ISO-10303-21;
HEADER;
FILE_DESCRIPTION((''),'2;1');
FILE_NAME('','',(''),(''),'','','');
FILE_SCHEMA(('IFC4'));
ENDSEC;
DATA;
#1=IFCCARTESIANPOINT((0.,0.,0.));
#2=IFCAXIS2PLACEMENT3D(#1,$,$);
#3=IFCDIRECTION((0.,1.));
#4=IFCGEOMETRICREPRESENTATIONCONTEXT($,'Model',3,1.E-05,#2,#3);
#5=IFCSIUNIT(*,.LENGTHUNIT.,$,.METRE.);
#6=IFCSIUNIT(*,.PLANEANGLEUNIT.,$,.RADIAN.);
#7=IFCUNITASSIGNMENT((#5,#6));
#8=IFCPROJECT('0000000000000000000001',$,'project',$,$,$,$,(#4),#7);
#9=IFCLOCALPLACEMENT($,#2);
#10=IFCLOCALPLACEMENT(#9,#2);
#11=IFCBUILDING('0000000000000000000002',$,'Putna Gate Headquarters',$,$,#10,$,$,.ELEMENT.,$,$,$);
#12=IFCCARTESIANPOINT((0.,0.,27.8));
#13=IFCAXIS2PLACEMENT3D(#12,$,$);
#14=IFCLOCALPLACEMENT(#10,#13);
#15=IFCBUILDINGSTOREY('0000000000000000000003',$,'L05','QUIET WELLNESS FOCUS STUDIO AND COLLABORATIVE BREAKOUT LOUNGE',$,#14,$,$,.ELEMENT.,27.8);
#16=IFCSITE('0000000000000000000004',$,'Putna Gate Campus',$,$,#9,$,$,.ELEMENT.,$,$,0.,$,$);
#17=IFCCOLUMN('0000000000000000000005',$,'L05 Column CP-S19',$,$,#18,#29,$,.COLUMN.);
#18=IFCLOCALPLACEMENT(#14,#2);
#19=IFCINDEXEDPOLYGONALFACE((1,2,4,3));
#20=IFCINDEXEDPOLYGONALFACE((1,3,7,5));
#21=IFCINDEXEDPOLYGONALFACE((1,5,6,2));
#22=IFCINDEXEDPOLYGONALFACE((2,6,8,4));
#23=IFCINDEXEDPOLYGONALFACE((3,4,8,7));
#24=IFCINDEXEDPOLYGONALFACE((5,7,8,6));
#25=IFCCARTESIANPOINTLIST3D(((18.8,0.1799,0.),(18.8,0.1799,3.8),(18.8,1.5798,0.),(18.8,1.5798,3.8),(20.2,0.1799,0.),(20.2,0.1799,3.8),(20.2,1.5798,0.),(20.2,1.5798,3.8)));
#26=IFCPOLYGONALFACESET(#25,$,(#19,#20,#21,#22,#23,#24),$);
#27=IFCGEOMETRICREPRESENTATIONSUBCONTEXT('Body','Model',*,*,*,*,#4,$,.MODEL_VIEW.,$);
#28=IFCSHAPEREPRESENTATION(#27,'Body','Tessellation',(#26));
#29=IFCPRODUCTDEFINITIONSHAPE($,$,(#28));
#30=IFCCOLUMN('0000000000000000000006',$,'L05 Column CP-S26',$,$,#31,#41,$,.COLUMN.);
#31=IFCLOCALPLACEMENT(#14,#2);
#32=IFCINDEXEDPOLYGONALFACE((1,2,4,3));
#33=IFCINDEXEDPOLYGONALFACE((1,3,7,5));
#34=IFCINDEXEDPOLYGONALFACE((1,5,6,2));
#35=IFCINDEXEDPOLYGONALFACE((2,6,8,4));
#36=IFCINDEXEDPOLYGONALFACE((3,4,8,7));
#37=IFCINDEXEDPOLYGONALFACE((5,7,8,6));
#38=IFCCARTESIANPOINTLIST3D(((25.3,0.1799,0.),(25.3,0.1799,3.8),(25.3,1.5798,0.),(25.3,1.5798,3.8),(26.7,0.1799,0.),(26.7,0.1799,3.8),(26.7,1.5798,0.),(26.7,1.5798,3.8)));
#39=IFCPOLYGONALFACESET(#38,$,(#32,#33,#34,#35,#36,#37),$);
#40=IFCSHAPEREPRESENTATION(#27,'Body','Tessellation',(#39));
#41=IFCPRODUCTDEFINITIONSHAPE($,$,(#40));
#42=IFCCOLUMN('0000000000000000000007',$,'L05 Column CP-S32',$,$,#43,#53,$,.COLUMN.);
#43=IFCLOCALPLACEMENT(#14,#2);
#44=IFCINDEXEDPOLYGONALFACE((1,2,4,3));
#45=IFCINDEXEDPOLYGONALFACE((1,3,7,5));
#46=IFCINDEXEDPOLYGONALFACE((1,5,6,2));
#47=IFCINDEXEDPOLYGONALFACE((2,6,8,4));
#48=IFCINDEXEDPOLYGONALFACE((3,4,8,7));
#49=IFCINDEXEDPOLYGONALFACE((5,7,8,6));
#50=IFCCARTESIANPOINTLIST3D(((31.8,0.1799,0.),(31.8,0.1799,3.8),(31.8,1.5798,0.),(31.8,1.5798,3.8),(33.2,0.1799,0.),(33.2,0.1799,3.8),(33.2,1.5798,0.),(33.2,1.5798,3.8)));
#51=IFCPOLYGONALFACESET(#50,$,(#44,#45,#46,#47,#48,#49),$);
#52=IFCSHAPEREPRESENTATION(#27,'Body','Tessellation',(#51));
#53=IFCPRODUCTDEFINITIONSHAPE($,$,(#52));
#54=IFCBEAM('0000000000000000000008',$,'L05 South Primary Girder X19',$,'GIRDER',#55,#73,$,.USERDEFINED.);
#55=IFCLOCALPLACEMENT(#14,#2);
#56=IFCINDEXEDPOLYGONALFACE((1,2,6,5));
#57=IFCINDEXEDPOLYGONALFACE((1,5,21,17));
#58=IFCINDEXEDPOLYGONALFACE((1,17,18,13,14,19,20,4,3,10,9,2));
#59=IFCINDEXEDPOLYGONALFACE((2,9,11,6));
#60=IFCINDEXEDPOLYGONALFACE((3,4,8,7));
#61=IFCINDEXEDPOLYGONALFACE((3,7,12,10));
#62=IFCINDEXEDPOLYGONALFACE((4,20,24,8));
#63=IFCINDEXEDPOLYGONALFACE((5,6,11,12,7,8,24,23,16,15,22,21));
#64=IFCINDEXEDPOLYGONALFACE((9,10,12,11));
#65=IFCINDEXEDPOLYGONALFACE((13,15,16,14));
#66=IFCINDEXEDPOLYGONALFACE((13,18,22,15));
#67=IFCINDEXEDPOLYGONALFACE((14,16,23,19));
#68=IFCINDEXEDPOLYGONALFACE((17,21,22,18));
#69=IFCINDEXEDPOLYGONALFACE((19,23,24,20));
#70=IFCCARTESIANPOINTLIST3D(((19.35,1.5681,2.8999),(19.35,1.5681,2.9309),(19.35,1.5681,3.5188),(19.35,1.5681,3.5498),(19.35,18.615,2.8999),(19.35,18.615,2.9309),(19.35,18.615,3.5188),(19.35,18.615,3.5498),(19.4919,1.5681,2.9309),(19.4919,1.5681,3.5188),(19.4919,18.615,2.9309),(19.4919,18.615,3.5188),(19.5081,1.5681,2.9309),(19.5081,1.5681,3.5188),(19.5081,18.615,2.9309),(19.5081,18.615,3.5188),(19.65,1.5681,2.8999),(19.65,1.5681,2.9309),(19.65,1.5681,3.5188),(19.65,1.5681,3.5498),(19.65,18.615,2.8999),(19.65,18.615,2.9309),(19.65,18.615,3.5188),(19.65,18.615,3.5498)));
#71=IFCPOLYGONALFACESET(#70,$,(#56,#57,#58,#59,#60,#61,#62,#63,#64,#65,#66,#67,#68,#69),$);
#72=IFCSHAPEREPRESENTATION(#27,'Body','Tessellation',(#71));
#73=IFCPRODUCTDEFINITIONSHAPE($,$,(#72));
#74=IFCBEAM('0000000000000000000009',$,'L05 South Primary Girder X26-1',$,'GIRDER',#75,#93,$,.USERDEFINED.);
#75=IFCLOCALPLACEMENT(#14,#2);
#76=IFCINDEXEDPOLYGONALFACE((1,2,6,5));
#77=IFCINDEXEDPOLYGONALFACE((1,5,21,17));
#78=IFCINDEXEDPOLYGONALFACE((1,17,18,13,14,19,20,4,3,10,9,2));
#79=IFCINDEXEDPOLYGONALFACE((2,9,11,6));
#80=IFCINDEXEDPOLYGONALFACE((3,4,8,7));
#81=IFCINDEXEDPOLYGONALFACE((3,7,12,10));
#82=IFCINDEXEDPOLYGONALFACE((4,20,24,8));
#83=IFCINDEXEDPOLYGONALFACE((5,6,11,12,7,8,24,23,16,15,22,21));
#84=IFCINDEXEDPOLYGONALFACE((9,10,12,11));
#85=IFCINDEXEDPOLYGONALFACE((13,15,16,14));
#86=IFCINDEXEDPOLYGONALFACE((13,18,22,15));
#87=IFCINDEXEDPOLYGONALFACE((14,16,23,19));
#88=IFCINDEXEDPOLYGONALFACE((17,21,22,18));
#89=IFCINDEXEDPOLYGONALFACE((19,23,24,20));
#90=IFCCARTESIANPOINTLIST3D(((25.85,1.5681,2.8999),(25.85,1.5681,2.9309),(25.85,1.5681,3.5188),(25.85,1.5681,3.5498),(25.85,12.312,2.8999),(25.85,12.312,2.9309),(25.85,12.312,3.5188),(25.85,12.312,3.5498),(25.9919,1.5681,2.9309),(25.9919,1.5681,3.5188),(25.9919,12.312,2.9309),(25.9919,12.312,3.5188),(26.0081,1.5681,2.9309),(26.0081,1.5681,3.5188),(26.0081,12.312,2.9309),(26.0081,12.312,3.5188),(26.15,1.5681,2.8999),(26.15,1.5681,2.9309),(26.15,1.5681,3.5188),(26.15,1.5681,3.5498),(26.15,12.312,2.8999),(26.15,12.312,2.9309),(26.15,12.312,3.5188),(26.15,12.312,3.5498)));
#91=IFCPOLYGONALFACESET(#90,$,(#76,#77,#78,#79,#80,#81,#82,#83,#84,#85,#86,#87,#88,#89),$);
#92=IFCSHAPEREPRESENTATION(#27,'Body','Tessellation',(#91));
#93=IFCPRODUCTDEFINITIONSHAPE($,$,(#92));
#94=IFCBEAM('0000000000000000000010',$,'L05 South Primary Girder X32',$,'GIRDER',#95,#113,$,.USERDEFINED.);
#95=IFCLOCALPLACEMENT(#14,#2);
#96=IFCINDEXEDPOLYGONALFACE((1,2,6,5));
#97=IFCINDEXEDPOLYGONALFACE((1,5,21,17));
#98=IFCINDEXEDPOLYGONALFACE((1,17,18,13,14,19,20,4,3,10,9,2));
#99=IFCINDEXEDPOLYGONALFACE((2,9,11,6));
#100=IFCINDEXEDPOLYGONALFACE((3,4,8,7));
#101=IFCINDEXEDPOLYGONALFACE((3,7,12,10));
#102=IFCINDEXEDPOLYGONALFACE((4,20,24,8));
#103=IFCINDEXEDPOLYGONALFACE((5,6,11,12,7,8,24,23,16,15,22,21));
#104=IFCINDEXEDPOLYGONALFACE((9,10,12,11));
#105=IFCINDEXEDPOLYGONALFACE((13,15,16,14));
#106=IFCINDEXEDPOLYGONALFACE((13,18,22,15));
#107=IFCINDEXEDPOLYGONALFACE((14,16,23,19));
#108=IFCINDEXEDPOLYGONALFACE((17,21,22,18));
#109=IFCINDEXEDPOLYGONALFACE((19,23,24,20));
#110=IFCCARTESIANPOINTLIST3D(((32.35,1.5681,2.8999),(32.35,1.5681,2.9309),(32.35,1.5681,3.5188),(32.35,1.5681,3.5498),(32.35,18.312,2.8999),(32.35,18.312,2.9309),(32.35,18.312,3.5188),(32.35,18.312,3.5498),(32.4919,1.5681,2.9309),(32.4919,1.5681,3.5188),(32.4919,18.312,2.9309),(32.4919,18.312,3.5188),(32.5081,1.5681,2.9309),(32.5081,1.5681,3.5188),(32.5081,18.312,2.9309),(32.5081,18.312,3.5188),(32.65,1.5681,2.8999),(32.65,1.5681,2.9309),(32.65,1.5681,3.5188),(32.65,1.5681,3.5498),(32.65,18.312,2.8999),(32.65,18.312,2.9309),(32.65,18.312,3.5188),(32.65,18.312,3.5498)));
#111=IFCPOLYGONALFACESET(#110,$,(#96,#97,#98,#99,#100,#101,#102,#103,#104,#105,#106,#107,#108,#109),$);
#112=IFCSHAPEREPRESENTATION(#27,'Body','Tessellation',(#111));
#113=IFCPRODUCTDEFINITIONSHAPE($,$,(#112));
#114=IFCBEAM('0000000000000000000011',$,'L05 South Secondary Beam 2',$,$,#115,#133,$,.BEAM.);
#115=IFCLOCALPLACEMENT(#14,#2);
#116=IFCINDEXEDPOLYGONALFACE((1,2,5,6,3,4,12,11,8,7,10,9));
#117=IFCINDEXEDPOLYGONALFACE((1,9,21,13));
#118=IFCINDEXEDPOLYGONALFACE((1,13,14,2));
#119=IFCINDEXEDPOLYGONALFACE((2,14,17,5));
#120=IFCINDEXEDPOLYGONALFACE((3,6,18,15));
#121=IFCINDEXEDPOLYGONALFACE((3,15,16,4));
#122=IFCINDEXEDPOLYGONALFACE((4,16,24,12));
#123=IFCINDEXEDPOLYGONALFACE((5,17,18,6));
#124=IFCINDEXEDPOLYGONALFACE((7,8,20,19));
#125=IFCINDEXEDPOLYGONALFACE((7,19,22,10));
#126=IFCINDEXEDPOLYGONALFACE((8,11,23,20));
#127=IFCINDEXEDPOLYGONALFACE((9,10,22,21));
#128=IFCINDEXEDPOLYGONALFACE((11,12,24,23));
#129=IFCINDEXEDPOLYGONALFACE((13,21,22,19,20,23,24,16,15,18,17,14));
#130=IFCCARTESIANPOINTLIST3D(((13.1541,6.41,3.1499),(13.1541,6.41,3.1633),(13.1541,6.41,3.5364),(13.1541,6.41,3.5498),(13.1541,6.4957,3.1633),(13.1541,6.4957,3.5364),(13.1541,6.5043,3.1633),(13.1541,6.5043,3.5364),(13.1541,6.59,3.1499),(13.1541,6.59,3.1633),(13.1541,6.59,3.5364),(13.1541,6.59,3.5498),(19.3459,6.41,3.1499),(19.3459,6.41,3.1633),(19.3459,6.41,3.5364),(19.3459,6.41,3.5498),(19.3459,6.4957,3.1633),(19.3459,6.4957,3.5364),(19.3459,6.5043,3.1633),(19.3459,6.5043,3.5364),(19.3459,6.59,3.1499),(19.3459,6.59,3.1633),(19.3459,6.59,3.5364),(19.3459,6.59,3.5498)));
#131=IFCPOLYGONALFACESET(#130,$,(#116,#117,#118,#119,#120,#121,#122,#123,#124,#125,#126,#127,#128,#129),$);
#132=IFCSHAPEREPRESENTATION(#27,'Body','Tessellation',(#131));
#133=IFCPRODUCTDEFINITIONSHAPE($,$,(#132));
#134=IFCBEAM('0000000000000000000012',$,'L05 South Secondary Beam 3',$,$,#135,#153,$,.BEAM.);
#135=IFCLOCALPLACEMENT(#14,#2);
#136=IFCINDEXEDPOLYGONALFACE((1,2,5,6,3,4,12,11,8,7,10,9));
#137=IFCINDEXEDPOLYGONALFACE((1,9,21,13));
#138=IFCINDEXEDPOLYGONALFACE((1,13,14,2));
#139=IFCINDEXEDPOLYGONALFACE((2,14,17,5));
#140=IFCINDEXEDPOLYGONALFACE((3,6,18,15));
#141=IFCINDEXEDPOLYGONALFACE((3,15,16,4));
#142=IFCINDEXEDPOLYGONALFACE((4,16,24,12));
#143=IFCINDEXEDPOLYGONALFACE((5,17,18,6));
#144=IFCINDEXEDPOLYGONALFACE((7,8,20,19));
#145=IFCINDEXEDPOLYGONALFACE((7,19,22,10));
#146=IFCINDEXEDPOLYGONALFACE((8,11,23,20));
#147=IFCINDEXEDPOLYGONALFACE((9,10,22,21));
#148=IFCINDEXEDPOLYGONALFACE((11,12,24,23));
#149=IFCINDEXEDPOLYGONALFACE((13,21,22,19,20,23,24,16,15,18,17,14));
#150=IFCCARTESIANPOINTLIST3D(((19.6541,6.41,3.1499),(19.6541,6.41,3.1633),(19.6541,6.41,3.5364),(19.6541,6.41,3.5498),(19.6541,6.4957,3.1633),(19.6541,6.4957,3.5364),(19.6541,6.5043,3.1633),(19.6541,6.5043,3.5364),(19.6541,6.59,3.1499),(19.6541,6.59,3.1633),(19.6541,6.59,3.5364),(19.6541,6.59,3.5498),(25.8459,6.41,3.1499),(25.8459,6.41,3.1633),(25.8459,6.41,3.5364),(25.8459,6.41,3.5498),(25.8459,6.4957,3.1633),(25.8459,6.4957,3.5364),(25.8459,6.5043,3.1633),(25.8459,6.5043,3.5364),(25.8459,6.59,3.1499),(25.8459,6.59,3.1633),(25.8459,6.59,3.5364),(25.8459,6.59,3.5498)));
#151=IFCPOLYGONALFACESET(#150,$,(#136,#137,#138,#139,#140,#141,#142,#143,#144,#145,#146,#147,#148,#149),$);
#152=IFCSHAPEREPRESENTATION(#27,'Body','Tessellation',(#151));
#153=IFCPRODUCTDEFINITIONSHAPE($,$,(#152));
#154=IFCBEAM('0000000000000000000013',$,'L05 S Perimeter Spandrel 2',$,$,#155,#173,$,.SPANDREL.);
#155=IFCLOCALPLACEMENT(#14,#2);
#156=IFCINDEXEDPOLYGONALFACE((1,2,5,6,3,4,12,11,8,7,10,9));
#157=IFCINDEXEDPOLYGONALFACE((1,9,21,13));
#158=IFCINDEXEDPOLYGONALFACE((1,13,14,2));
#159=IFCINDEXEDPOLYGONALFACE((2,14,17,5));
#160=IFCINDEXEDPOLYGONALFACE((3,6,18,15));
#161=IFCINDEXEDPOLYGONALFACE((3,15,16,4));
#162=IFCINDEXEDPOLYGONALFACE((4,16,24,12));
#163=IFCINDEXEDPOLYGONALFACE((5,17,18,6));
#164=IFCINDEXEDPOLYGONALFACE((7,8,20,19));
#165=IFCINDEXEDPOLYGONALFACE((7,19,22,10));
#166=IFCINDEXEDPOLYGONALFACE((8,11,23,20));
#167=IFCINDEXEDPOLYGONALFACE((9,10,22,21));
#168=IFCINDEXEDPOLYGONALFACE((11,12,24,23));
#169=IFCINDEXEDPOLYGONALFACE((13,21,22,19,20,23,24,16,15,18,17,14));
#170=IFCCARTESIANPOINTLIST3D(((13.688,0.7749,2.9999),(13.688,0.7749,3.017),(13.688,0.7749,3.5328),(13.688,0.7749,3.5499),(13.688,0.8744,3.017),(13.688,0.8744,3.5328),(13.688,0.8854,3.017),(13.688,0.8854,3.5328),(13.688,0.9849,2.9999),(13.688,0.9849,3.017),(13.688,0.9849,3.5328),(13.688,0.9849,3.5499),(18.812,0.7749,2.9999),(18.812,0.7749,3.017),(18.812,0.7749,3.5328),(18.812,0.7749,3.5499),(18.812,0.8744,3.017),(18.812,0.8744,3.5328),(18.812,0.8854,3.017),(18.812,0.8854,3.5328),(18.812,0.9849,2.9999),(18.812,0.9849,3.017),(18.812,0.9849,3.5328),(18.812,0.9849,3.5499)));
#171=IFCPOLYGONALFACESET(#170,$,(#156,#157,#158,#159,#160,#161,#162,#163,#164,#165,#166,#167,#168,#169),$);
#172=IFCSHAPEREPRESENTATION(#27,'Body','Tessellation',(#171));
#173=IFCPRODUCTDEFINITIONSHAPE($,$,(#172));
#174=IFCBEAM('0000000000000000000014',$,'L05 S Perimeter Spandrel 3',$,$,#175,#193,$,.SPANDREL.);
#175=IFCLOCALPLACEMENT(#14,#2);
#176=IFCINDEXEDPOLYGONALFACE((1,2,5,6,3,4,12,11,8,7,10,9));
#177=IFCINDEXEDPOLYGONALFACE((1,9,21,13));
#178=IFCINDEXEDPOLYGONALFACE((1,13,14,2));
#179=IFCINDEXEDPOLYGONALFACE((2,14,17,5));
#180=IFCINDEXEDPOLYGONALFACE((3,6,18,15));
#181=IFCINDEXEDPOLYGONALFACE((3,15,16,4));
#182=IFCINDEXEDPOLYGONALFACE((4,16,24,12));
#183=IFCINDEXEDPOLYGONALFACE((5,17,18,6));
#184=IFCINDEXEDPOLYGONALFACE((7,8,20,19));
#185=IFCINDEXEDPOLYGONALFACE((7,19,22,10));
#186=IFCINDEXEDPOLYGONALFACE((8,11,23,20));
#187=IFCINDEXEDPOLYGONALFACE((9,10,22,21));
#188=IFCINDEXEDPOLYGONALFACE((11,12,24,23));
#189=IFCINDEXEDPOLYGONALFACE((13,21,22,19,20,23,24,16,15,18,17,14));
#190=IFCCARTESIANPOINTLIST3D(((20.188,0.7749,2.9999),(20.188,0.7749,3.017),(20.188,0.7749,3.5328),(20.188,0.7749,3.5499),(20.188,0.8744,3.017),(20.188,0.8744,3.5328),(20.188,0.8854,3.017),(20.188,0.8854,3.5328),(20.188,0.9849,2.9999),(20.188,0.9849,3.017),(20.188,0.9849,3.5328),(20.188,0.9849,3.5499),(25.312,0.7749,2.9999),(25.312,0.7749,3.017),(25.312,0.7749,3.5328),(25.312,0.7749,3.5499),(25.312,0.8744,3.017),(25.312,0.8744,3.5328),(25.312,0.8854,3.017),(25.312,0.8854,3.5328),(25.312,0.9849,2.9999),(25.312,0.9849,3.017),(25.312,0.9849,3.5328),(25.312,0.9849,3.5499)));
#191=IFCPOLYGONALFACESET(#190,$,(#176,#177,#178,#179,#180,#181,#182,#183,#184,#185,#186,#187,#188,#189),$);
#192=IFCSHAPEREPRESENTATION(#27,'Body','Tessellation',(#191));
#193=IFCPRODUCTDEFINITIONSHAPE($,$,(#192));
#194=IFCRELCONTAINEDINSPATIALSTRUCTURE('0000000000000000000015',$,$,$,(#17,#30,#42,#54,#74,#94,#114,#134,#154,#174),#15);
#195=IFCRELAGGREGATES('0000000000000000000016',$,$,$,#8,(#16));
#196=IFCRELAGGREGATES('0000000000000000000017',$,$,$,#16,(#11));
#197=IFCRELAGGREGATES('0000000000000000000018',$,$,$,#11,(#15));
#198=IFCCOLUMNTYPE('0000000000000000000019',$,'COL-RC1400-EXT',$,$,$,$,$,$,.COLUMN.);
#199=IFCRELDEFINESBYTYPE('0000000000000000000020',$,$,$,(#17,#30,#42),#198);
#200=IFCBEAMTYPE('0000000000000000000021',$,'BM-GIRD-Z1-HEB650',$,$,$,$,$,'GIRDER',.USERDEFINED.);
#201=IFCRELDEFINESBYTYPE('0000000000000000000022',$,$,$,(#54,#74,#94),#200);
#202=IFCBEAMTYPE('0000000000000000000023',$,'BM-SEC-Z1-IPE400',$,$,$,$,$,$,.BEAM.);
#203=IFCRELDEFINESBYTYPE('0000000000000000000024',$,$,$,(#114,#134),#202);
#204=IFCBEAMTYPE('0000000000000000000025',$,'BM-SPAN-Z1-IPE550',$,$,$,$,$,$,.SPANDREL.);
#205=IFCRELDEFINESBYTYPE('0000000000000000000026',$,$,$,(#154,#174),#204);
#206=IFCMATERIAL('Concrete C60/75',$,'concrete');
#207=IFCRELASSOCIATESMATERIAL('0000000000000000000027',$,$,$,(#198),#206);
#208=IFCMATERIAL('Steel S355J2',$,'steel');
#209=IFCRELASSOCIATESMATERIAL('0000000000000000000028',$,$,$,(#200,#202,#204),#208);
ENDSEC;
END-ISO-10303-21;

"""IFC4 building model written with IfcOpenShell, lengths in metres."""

from ifc_helpers import new_model, si_unit, direction, frame, origin, origin_2d, place, context, subcontext, project, spatial, rectangle, i_section, extrude, material, material_profile, profile_set, type_object, element, save


model = new_model("IFC4")

# Units and contexts
model_context = context("Model", 3, precision=1e-05, world=origin(), true_north=direction((0.0, 1.0)))
body_context = subcontext(model_context, "Body", "Model", "MODEL_VIEW")
ifc_project = project(units=[si_unit("LENGTHUNIT", "METRE"), si_unit("PLANEANGLEUNIT", "RADIAN")], contexts=[model_context])

# Site, building, storey
site_placement = place(None, origin())
site = spatial("IfcSite", under=ifc_project, at=site_placement, Name="Putna Gate Campus", CompositionType="ELEMENT", RefElevation=0.0)
building_placement = place(site_placement, origin())
building = spatial("IfcBuilding", under=site, at=building_placement, Name="Putna Gate Headquarters", CompositionType="ELEMENT")
storey_placement = place(building_placement, frame((0.0, 0.0, 27.8)))
storey = spatial("IfcBuildingStorey", under=building, at=storey_placement, Name="L05", Description="QUIET WELLNESS FOCUS STUDIO AND COLLABORATIVE BREAKOUT LOUNGE", CompositionType="ELEMENT", Elevation=27.8)

# Columns
ifc_material_1 = material(Name="Concrete C60/75", Category="concrete")
ifc_material_profile_1 = material_profile(ifc_material_1, rectangle(XDim=1.3999, YDim=1.3999, at=origin_2d()), Name="Concrete C60/75")
ifc_profile_set_1 = profile_set([ifc_material_profile_1], Name="Concrete C60/75")
column_type = type_object("IfcColumnType", Name="COL-RC1400-EXT", PredefinedType="COLUMN", material=ifc_profile_set_1)
for number, where, z_axis, x_axis, name in (
    (1, (19.5, 0.8799, 0.0), (0.0, 0.0, 1.0), (1.0, 0.0, 0.0), "L05 Column CP-S19"),
    (2, (26.0, 0.8799, 0.0), (0.0, 0.0, 1.0), (1.0, 0.0, 0.0), "L05 Column CP-S26"),
    (3, (32.5, 0.8799, 0.0), (0.0, 0.0, 1.0), (1.0, 0.0, 0.0), "L05 Column CP-S32"),
):
    element("IfcColumn", number, at=place(storey_placement, frame(where, z_axis=z_axis, x_axis=x_axis)), inside=storey, type_object=column_type, Name=name, PredefinedType="COLUMN", context=body_context, shape_type="SweptSolid", body=[
        extrude(rectangle(XDim=1.3999, YDim=1.3999, at=origin_2d()), origin(), (0.0, 0.0, 1.0), 3.8),
    ])

# Beams
ifc_material_2 = material(Name="Steel S355J2", Category="steel")
ifc_material_profile_2 = material_profile(ifc_material_2, i_section(OverallWidth=0.3, OverallDepth=0.6499, WebThickness=0.0161, FlangeThickness=0.031, at=origin_2d()), Name="Steel S355J2")
ifc_profile_set_2 = profile_set([ifc_material_profile_2], Name="Steel S355J2")
beam_type_1 = type_object("IfcBeamType", Name="BM-GIRD-Z1-HEB650", ElementType="GIRDER", PredefinedType="USERDEFINED", material=ifc_profile_set_2)
beam_1_placement = place(storey_placement, frame((19.5, 1.5681, 3.2249), z_axis=(0.0, 1.0, 0.0), x_axis=(-1.0, 0.0, 0.0)))
element("IfcBeam", 4, at=beam_1_placement, inside=storey, type_object=beam_type_1, Name="L05 South Primary Girder X19", ObjectType="GIRDER", PredefinedType="USERDEFINED", context=body_context, shape_type="SweptSolid", body=[
    extrude(i_section(OverallWidth=0.3, OverallDepth=0.6499, WebThickness=0.0161, FlangeThickness=0.031, at=origin_2d()), origin(), (0.0, 0.0, 1.0), 17.0469),
])
beam_2_placement = place(storey_placement, frame((26.0, 1.5681, 3.2249), z_axis=(0.0, 1.0, 0.0), x_axis=(-1.0, 0.0, 0.0)))
element("IfcBeam", 5, at=beam_2_placement, inside=storey, type_object=beam_type_1, Name="L05 South Primary Girder X26-1", ObjectType="GIRDER", PredefinedType="USERDEFINED", context=body_context, shape_type="SweptSolid", body=[
    extrude(i_section(OverallWidth=0.3, OverallDepth=0.6499, WebThickness=0.0161, FlangeThickness=0.031, at=origin_2d()), origin(), (0.0, 0.0, 1.0), 10.7439),
])
beam_3_placement = place(storey_placement, frame((32.5, 1.5681, 3.2249), z_axis=(0.0, 1.0, 0.0), x_axis=(-1.0, 0.0, 0.0)))
element("IfcBeam", 6, at=beam_3_placement, inside=storey, type_object=beam_type_1, Name="L05 South Primary Girder X32", ObjectType="GIRDER", PredefinedType="USERDEFINED", context=body_context, shape_type="SweptSolid", body=[
    extrude(i_section(OverallWidth=0.3, OverallDepth=0.6499, WebThickness=0.0161, FlangeThickness=0.031, at=origin_2d()), origin(), (0.0, 0.0, 1.0), 16.7439),
])
ifc_material_profile_3 = material_profile(ifc_material_2, i_section(OverallWidth=0.1799, OverallDepth=0.3999, WebThickness=0.0085, FlangeThickness=0.0134, at=origin_2d()), Name="Steel S355J2")
ifc_profile_set_3 = profile_set([ifc_material_profile_3], Name="Steel S355J2")
beam_type_2 = type_object("IfcBeamType", Name="BM-SEC-Z1-IPE400", PredefinedType="BEAM", material=ifc_profile_set_3)
for number, where, z_axis, x_axis, name in (
    (7, (13.1541, 6.5, 3.3499), (1.0, 0.0, 0.0), (0.0, 1.0, 0.0), "L05 South Secondary Beam 2"),
    (8, (19.6541, 6.5, 3.3499), (1.0, 0.0, 0.0), (0.0, 1.0, 0.0), "L05 South Secondary Beam 3"),
):
    element("IfcBeam", number, at=place(storey_placement, frame(where, z_axis=z_axis, x_axis=x_axis)), inside=storey, type_object=beam_type_2, Name=name, PredefinedType="BEAM", context=body_context, shape_type="SweptSolid", body=[
        extrude(i_section(OverallWidth=0.1799, OverallDepth=0.3999, WebThickness=0.0085, FlangeThickness=0.0134, at=origin_2d()), origin(), (0.0, 0.0, 1.0), 6.1919),
    ])
ifc_material_profile_4 = material_profile(ifc_material_2, i_section(OverallWidth=0.21, OverallDepth=0.55, WebThickness=0.011, FlangeThickness=0.0171, at=origin_2d()), Name="Steel S355J2")
ifc_profile_set_4 = profile_set([ifc_material_profile_4], Name="Steel S355J2")
beam_type_3 = type_object("IfcBeamType", Name="BM-SPAN-Z1-IPE550", PredefinedType="SPANDREL", material=ifc_profile_set_4)
for number, where, z_axis, x_axis, name in (
    (9, (13.688, 0.8799, 3.2749), (1.0, 0.0, 0.0), (0.0, 1.0, 0.0), "L05 S Perimeter Spandrel 2"),
    (10, (20.188, 0.8799, 3.2749), (1.0, 0.0, 0.0), (0.0, 1.0, 0.0), "L05 S Perimeter Spandrel 3"),
):
    element("IfcBeam", number, at=place(storey_placement, frame(where, z_axis=z_axis, x_axis=x_axis)), inside=storey, type_object=beam_type_3, Name=name, PredefinedType="SPANDREL", context=body_context, shape_type="SweptSolid", body=[
        extrude(i_section(OverallWidth=0.21, OverallDepth=0.55, WebThickness=0.011, FlangeThickness=0.0171, at=origin_2d()), origin(), (0.0, 0.0, 1.0), 5.124),
    ])

save(model, "model.ifc")
